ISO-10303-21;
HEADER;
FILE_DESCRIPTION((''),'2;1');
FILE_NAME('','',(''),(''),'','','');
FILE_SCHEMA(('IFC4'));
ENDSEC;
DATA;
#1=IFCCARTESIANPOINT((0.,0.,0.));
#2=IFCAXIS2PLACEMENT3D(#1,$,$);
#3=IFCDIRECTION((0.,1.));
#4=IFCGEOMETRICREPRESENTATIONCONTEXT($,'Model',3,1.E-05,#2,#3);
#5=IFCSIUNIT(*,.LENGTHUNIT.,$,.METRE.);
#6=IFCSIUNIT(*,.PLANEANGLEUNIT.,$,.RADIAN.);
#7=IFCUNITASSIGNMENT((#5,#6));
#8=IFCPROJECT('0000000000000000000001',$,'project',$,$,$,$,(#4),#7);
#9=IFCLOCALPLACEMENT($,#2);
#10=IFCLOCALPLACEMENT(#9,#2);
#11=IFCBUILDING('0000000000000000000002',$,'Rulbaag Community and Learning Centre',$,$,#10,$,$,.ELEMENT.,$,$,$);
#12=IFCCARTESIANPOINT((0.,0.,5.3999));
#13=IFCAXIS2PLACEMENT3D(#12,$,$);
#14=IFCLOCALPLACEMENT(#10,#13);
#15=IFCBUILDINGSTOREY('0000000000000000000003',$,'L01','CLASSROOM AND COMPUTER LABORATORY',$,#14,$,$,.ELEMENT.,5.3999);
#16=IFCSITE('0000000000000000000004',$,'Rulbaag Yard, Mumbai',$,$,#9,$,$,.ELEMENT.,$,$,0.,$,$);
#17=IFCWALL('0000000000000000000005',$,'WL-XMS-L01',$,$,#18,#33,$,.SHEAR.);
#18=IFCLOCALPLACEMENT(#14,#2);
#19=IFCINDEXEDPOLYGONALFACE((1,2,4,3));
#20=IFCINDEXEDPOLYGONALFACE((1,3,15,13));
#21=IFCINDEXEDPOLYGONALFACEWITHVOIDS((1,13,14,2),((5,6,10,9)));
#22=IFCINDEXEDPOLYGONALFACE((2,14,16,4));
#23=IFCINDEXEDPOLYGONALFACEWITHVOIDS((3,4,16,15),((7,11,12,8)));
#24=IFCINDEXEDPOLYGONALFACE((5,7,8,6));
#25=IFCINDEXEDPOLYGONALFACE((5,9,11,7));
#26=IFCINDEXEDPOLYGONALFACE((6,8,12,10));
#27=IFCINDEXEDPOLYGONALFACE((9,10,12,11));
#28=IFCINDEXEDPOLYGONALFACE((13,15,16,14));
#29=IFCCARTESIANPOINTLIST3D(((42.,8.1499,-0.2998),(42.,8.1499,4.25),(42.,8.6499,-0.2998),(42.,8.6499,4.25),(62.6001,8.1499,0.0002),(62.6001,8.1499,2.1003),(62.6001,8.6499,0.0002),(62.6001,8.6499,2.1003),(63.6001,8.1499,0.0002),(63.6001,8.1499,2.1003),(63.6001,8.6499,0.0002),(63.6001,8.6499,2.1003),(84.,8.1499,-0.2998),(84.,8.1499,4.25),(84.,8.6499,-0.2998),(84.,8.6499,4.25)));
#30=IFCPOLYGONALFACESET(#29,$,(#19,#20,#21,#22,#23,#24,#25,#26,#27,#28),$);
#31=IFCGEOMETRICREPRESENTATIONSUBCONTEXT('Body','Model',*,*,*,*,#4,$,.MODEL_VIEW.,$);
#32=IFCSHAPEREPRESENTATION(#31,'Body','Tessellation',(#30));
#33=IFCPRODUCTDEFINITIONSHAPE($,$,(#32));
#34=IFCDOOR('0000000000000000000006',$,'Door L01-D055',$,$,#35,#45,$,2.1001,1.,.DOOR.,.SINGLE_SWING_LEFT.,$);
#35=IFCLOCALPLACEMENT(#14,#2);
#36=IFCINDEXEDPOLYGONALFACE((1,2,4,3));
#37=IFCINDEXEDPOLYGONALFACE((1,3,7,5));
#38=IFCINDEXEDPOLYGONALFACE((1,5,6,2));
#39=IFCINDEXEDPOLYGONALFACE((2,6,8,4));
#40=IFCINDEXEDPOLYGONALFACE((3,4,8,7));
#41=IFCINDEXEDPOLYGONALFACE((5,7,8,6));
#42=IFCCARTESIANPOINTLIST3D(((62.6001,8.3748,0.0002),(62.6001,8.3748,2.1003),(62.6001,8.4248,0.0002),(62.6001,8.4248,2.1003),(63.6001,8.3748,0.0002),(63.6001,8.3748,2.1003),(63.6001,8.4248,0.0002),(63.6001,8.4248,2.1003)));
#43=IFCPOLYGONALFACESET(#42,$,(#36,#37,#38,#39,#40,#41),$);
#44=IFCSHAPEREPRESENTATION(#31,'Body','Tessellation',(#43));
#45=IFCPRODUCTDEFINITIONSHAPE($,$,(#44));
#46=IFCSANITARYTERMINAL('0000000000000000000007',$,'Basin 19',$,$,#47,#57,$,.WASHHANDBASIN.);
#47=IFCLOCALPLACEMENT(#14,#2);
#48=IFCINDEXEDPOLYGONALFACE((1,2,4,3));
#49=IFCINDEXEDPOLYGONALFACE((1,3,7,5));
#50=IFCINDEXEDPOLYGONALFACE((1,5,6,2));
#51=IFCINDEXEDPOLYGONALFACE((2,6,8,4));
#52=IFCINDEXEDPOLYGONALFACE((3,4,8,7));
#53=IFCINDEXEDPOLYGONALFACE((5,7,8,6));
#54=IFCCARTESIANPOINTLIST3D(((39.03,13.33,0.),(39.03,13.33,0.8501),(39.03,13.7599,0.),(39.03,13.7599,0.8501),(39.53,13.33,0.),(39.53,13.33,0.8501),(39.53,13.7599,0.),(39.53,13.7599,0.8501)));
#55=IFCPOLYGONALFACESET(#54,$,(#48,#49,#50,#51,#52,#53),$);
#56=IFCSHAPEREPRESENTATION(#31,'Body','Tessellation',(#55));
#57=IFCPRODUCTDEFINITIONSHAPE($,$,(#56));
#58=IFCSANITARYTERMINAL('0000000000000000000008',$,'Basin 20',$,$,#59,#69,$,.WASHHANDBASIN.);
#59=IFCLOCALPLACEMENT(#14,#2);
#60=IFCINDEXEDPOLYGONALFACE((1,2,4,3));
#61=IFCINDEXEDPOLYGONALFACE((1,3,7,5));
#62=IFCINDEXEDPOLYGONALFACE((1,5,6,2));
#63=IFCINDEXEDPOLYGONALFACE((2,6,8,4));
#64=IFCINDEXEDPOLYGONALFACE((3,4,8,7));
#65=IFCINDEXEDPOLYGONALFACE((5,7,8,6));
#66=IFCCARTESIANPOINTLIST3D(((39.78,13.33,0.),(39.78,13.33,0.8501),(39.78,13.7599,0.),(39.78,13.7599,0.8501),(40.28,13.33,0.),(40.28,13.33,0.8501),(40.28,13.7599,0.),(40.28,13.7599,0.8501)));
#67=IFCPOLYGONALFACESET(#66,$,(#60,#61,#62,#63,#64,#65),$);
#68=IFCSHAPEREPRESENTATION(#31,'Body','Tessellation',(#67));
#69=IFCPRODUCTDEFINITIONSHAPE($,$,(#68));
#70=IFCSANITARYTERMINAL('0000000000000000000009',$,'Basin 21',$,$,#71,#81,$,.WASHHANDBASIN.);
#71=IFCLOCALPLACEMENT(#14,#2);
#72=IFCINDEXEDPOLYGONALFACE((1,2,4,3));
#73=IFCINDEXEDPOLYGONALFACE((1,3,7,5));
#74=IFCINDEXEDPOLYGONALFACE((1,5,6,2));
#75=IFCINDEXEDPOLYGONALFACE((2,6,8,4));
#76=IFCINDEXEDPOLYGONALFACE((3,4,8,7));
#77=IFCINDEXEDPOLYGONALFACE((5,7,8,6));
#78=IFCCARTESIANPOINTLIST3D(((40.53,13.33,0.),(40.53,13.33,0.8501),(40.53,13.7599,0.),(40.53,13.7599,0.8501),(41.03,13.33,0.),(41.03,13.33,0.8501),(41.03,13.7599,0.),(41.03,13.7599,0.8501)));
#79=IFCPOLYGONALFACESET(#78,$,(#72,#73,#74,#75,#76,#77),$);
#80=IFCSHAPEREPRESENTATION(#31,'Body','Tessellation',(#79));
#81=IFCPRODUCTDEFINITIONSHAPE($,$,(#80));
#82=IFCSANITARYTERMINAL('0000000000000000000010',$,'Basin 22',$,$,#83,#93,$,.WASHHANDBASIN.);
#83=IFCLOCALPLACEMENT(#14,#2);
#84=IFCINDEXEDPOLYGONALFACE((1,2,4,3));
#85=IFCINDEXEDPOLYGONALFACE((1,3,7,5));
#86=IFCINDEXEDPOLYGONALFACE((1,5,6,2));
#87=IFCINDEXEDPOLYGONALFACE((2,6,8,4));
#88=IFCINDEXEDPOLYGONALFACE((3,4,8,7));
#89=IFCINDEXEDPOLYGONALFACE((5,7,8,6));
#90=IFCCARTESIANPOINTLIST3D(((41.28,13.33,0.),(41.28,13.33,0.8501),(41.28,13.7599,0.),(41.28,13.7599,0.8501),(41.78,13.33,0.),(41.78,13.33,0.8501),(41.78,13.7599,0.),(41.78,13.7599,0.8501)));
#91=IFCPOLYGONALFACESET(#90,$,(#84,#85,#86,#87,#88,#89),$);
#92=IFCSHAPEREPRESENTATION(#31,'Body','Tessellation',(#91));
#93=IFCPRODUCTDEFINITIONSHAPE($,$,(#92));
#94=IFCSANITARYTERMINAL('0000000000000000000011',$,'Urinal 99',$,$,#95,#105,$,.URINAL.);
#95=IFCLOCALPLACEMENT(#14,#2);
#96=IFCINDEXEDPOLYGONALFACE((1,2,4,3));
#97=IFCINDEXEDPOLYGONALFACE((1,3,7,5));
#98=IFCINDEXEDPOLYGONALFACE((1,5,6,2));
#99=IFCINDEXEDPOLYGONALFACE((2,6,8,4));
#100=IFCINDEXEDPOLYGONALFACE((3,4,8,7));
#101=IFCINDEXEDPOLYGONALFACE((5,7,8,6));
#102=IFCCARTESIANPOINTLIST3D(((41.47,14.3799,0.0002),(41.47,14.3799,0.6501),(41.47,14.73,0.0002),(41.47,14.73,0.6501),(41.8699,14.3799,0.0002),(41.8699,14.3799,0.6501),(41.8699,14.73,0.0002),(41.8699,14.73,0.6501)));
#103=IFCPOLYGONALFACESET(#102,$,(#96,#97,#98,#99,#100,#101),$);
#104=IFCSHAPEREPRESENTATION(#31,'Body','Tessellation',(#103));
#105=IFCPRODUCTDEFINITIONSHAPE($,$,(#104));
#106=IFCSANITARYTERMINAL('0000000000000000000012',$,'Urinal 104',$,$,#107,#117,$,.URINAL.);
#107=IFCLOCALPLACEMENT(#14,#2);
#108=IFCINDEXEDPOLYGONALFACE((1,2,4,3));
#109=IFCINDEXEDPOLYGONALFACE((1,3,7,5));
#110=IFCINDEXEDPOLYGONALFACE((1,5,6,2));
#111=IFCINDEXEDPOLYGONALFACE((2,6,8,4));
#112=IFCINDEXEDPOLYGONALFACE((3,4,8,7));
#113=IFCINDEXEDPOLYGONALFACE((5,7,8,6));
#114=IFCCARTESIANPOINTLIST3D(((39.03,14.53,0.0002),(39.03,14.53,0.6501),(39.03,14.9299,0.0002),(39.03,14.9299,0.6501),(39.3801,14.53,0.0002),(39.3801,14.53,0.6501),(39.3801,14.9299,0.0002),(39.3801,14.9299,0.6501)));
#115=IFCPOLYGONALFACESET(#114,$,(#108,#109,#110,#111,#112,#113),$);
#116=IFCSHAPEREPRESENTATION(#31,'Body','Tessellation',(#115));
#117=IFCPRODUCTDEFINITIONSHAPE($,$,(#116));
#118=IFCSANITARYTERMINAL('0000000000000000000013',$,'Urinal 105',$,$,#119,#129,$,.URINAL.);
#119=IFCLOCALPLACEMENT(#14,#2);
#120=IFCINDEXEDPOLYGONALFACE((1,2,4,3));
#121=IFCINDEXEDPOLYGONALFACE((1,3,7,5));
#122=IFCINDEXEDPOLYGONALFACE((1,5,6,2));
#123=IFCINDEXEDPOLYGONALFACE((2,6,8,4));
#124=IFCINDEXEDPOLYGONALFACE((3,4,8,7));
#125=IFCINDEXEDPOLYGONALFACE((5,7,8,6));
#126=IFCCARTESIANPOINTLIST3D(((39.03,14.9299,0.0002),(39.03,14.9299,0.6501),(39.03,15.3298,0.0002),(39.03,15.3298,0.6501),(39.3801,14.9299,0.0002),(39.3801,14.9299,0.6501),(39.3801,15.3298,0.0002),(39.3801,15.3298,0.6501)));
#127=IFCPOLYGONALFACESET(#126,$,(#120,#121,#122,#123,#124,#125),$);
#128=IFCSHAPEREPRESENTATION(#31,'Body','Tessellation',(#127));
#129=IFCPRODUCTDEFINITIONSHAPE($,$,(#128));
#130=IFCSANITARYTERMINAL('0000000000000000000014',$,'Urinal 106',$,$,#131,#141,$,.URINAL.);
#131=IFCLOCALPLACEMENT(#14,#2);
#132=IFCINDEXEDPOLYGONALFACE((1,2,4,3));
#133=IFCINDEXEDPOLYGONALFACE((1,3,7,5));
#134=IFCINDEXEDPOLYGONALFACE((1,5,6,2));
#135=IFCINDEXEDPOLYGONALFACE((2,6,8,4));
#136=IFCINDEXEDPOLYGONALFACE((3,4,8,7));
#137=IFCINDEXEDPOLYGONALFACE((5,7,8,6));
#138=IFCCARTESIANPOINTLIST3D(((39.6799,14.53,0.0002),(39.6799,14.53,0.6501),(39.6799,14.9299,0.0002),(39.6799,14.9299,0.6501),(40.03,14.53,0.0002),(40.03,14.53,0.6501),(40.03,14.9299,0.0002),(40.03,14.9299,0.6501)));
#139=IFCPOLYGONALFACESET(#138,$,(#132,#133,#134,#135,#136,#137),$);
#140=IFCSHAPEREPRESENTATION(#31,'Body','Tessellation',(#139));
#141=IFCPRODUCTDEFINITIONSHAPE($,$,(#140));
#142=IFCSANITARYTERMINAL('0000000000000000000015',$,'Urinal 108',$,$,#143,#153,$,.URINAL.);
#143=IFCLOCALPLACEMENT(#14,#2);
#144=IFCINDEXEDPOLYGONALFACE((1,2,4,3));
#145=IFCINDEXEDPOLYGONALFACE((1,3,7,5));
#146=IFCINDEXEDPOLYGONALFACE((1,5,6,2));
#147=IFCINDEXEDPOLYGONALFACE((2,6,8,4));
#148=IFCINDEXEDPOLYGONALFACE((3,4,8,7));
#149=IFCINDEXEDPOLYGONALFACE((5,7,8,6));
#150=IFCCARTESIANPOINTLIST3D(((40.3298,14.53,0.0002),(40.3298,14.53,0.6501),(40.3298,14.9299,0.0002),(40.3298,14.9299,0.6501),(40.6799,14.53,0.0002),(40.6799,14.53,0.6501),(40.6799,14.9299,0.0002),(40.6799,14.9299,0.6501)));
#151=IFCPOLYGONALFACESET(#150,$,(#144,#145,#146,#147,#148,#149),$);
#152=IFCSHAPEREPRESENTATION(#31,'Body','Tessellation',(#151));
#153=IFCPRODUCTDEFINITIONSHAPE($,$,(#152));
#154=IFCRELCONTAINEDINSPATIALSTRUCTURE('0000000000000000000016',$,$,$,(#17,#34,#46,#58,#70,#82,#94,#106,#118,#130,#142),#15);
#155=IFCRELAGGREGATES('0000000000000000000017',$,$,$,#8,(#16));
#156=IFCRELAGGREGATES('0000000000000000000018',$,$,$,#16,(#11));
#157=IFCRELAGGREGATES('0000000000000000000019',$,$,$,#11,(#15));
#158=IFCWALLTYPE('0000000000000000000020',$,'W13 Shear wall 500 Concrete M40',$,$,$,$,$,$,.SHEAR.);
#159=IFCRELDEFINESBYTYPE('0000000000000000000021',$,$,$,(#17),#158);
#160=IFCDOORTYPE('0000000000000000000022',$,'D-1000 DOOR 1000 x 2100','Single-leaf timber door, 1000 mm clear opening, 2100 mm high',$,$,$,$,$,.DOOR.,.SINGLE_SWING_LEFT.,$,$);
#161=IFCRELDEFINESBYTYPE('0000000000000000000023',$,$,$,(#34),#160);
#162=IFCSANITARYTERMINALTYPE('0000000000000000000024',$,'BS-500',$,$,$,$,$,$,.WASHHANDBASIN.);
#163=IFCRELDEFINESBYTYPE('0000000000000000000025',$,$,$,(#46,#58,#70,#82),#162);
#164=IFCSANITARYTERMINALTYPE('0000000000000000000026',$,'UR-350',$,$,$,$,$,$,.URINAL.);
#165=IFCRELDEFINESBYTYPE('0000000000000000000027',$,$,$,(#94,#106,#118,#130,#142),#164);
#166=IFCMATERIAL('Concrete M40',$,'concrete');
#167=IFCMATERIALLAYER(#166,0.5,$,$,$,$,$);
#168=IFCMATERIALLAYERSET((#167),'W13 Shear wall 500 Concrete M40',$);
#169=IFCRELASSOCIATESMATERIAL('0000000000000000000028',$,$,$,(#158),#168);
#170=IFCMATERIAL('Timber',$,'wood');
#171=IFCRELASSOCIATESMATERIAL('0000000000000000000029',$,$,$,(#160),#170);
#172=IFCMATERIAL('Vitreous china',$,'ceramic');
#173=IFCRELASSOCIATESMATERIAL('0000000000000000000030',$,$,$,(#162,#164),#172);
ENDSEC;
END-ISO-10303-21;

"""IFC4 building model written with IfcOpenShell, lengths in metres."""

from ifc_helpers import new_model, si_unit, direction, frame, frame_2d, origin, origin_2d, place, context, subcontext, project, spatial, rectangle, extrude, material, layer, layer_set, type_object, element, fill, save


model = new_model("IFC4")

# Units and contexts
model_context = context("Model", 3, precision=1e-05, world=origin(), true_north=direction((0.0, 1.0)))
body_context = subcontext(model_context, "Body", "Model", "MODEL_VIEW")
ifc_project = project(units=[si_unit("LENGTHUNIT", "METRE"), si_unit("PLANEANGLEUNIT", "RADIAN")], contexts=[model_context])

# Site, building, storey
site_placement = place(None, origin())
site = spatial("IfcSite", under=ifc_project, at=site_placement, Name="Rulbaag Yard, Mumbai", CompositionType="ELEMENT", RefElevation=0.0)
building_placement = place(site_placement, origin())
building = spatial("IfcBuilding", under=site, at=building_placement, Name="Rulbaag Community and Learning Centre", CompositionType="ELEMENT")
storey_placement = place(building_placement, frame((0.0, 0.0, 5.3999)))
storey = spatial("IfcBuildingStorey", under=building, at=storey_placement, Name="L01", Description="CLASSROOM AND COMPUTER LABORATORY", CompositionType="ELEMENT", Elevation=5.3999)

# Shared definitions
ifc_material_1 = material(Name="Concrete M40", Category="concrete")

# Wall, opening, door
ifc_layer_1 = layer(ifc_material_1, 0.5)
ifc_layer_set_1 = layer_set([ifc_layer_1], Name="W13 Shear wall 500 Concrete M40")
wall_type_1 = type_object("IfcWallType", Name="W13 Shear wall 500 Concrete M40", PredefinedType="SHEAR", material=ifc_layer_set_1)
wall_1_placement = place(storey_placement, frame((42.0, 8.3999, -0.2998), z_axis=(0.0, 0.0, 1.0), x_axis=(1.0, 0.0, 0.0)))
wall_1 = element("IfcWall", 1, at=wall_1_placement, inside=storey, type_object=wall_type_1, Name="WL-XMS-L01", PredefinedType="SHEAR", context=body_context, shape_type="SweptSolid", body=[
    extrude(rectangle(XDim=42.0, YDim=0.5, at=frame_2d((21.0, 0.0))), origin(), (0.0, 0.0, 1.0), 4.5498),
])
opening_placement = place(wall_1_placement, frame((20.6001, 0.0, 0.3)))
opening = element("IfcOpeningElement", 2, at=opening_placement, cuts=wall_1, PredefinedType="OPENING", context=body_context, shape_type="SweptSolid", body=[
    extrude(rectangle(XDim=1.0, YDim=2.1001, at=frame_2d((0.5, 1.05))), frame((0.0, 0.26, 0.0), z_axis=(0.0, -1.0, 0.0), x_axis=(1.0, 0.0, 0.0)), (0.0, 0.0, 1.0), 0.52),
])
ifc_material_2 = material(Name="Timber", Category="wood")
door_type = type_object("IfcDoorType", Name="D-1000 DOOR 1000 x 2100", Description="Single-leaf timber door, 1000 mm clear opening, 2100 mm high", OperationType="SINGLE_SWING_LEFT", PredefinedType="DOOR", material=ifc_material_2)
door_placement = place(opening_placement, origin())
door = element("IfcDoor", 3, at=door_placement, inside=storey, type_object=door_type, Name="Door L01-D055", OperationType="SINGLE_SWING_LEFT", OverallHeight=2.1001, OverallWidth=1.0, PredefinedType="DOOR", context=body_context, shape_type="SweptSolid", body=[
    extrude(rectangle(XDim=1.0, YDim=2.1001, at=frame_2d((0.5, 1.05))), frame((0.0, 0.0249, 0.0), z_axis=(0.0, -1.0, 0.0), x_axis=(1.0, 0.0, 0.0)), (0.0, 0.0, 1.0), 0.05),
])
fill(opening, door)

# Sanitary terminals
ifc_material_3 = material(Name="Vitreous china", Category="ceramic")
sanitary_terminal_type_1 = type_object("IfcSanitaryTerminalType", Name="BS-500", PredefinedType="WASHHANDBASIN", material=ifc_material_3)
for number, where, z_axis, x_axis, name in (
    (4, (39.28, 13.5449, 0.0), (0.0, 0.0, 1.0), (1.0, 0.0, 0.0), "Basin 19"),
    (5, (40.03, 13.5449, 0.0), (0.0, 0.0, 1.0), (1.0, 0.0, 0.0), "Basin 20"),
    (6, (40.78, 13.5449, 0.0), (0.0, 0.0, 1.0), (1.0, 0.0, 0.0), "Basin 21"),
    (7, (41.53, 13.5449, 0.0), (0.0, 0.0, 1.0), (1.0, 0.0, 0.0), "Basin 22"),
):
    element("IfcSanitaryTerminal", number, at=place(storey_placement, frame(where, z_axis=z_axis, x_axis=x_axis)), inside=storey, type_object=sanitary_terminal_type_1, Name=name, PredefinedType="WASHHANDBASIN", context=body_context, shape_type="SweptSolid", body=[
        extrude(rectangle(XDim=0.5, YDim=0.4299, at=origin_2d()), origin(), (0.0, 0.0, 1.0), 0.8501),
    ])
sanitary_terminal_type_2 = type_object("IfcSanitaryTerminalType", Name="UR-350", PredefinedType="URINAL", material=ifc_material_3)
sanitary_terminal_placement = place(storey_placement, frame((41.6699, 14.5549, 0.0002), z_axis=(0.0, 0.0, 1.0), x_axis=(1.0, 0.0, 0.0)))
element("IfcSanitaryTerminal", 8, at=sanitary_terminal_placement, inside=storey, type_object=sanitary_terminal_type_2, Name="Urinal 99", PredefinedType="URINAL", context=body_context, shape_type="SweptSolid", body=[
    extrude(rectangle(XDim=0.3999, YDim=0.3501, at=origin_2d()), origin(), (0.0, 0.0, 1.0), 0.6499),
])
for number, where, z_axis, x_axis, name in (
    (9, (39.2051, 14.73, 0.0002), (0.0, 0.0, 1.0), (1.0, 0.0, 0.0), "Urinal 104"),
    (10, (39.2051, 15.1299, 0.0002), (0.0, 0.0, 1.0), (1.0, 0.0, 0.0), "Urinal 105"),
    (11, (39.855, 14.73, 0.0002), (0.0, 0.0, 1.0), (1.0, 0.0, 0.0), "Urinal 106"),
    (12, (40.5049, 14.73, 0.0002), (0.0, 0.0, 1.0), (1.0, 0.0, 0.0), "Urinal 108"),
):
    element("IfcSanitaryTerminal", number, at=place(storey_placement, frame(where, z_axis=z_axis, x_axis=x_axis)), inside=storey, type_object=sanitary_terminal_type_2, Name=name, PredefinedType="URINAL", context=body_context, shape_type="SweptSolid", body=[
        extrude(rectangle(XDim=0.3501, YDim=0.3999, at=origin_2d()), origin(), (0.0, 0.0, 1.0), 0.6499),
    ])

save(model, "model.ifc")
